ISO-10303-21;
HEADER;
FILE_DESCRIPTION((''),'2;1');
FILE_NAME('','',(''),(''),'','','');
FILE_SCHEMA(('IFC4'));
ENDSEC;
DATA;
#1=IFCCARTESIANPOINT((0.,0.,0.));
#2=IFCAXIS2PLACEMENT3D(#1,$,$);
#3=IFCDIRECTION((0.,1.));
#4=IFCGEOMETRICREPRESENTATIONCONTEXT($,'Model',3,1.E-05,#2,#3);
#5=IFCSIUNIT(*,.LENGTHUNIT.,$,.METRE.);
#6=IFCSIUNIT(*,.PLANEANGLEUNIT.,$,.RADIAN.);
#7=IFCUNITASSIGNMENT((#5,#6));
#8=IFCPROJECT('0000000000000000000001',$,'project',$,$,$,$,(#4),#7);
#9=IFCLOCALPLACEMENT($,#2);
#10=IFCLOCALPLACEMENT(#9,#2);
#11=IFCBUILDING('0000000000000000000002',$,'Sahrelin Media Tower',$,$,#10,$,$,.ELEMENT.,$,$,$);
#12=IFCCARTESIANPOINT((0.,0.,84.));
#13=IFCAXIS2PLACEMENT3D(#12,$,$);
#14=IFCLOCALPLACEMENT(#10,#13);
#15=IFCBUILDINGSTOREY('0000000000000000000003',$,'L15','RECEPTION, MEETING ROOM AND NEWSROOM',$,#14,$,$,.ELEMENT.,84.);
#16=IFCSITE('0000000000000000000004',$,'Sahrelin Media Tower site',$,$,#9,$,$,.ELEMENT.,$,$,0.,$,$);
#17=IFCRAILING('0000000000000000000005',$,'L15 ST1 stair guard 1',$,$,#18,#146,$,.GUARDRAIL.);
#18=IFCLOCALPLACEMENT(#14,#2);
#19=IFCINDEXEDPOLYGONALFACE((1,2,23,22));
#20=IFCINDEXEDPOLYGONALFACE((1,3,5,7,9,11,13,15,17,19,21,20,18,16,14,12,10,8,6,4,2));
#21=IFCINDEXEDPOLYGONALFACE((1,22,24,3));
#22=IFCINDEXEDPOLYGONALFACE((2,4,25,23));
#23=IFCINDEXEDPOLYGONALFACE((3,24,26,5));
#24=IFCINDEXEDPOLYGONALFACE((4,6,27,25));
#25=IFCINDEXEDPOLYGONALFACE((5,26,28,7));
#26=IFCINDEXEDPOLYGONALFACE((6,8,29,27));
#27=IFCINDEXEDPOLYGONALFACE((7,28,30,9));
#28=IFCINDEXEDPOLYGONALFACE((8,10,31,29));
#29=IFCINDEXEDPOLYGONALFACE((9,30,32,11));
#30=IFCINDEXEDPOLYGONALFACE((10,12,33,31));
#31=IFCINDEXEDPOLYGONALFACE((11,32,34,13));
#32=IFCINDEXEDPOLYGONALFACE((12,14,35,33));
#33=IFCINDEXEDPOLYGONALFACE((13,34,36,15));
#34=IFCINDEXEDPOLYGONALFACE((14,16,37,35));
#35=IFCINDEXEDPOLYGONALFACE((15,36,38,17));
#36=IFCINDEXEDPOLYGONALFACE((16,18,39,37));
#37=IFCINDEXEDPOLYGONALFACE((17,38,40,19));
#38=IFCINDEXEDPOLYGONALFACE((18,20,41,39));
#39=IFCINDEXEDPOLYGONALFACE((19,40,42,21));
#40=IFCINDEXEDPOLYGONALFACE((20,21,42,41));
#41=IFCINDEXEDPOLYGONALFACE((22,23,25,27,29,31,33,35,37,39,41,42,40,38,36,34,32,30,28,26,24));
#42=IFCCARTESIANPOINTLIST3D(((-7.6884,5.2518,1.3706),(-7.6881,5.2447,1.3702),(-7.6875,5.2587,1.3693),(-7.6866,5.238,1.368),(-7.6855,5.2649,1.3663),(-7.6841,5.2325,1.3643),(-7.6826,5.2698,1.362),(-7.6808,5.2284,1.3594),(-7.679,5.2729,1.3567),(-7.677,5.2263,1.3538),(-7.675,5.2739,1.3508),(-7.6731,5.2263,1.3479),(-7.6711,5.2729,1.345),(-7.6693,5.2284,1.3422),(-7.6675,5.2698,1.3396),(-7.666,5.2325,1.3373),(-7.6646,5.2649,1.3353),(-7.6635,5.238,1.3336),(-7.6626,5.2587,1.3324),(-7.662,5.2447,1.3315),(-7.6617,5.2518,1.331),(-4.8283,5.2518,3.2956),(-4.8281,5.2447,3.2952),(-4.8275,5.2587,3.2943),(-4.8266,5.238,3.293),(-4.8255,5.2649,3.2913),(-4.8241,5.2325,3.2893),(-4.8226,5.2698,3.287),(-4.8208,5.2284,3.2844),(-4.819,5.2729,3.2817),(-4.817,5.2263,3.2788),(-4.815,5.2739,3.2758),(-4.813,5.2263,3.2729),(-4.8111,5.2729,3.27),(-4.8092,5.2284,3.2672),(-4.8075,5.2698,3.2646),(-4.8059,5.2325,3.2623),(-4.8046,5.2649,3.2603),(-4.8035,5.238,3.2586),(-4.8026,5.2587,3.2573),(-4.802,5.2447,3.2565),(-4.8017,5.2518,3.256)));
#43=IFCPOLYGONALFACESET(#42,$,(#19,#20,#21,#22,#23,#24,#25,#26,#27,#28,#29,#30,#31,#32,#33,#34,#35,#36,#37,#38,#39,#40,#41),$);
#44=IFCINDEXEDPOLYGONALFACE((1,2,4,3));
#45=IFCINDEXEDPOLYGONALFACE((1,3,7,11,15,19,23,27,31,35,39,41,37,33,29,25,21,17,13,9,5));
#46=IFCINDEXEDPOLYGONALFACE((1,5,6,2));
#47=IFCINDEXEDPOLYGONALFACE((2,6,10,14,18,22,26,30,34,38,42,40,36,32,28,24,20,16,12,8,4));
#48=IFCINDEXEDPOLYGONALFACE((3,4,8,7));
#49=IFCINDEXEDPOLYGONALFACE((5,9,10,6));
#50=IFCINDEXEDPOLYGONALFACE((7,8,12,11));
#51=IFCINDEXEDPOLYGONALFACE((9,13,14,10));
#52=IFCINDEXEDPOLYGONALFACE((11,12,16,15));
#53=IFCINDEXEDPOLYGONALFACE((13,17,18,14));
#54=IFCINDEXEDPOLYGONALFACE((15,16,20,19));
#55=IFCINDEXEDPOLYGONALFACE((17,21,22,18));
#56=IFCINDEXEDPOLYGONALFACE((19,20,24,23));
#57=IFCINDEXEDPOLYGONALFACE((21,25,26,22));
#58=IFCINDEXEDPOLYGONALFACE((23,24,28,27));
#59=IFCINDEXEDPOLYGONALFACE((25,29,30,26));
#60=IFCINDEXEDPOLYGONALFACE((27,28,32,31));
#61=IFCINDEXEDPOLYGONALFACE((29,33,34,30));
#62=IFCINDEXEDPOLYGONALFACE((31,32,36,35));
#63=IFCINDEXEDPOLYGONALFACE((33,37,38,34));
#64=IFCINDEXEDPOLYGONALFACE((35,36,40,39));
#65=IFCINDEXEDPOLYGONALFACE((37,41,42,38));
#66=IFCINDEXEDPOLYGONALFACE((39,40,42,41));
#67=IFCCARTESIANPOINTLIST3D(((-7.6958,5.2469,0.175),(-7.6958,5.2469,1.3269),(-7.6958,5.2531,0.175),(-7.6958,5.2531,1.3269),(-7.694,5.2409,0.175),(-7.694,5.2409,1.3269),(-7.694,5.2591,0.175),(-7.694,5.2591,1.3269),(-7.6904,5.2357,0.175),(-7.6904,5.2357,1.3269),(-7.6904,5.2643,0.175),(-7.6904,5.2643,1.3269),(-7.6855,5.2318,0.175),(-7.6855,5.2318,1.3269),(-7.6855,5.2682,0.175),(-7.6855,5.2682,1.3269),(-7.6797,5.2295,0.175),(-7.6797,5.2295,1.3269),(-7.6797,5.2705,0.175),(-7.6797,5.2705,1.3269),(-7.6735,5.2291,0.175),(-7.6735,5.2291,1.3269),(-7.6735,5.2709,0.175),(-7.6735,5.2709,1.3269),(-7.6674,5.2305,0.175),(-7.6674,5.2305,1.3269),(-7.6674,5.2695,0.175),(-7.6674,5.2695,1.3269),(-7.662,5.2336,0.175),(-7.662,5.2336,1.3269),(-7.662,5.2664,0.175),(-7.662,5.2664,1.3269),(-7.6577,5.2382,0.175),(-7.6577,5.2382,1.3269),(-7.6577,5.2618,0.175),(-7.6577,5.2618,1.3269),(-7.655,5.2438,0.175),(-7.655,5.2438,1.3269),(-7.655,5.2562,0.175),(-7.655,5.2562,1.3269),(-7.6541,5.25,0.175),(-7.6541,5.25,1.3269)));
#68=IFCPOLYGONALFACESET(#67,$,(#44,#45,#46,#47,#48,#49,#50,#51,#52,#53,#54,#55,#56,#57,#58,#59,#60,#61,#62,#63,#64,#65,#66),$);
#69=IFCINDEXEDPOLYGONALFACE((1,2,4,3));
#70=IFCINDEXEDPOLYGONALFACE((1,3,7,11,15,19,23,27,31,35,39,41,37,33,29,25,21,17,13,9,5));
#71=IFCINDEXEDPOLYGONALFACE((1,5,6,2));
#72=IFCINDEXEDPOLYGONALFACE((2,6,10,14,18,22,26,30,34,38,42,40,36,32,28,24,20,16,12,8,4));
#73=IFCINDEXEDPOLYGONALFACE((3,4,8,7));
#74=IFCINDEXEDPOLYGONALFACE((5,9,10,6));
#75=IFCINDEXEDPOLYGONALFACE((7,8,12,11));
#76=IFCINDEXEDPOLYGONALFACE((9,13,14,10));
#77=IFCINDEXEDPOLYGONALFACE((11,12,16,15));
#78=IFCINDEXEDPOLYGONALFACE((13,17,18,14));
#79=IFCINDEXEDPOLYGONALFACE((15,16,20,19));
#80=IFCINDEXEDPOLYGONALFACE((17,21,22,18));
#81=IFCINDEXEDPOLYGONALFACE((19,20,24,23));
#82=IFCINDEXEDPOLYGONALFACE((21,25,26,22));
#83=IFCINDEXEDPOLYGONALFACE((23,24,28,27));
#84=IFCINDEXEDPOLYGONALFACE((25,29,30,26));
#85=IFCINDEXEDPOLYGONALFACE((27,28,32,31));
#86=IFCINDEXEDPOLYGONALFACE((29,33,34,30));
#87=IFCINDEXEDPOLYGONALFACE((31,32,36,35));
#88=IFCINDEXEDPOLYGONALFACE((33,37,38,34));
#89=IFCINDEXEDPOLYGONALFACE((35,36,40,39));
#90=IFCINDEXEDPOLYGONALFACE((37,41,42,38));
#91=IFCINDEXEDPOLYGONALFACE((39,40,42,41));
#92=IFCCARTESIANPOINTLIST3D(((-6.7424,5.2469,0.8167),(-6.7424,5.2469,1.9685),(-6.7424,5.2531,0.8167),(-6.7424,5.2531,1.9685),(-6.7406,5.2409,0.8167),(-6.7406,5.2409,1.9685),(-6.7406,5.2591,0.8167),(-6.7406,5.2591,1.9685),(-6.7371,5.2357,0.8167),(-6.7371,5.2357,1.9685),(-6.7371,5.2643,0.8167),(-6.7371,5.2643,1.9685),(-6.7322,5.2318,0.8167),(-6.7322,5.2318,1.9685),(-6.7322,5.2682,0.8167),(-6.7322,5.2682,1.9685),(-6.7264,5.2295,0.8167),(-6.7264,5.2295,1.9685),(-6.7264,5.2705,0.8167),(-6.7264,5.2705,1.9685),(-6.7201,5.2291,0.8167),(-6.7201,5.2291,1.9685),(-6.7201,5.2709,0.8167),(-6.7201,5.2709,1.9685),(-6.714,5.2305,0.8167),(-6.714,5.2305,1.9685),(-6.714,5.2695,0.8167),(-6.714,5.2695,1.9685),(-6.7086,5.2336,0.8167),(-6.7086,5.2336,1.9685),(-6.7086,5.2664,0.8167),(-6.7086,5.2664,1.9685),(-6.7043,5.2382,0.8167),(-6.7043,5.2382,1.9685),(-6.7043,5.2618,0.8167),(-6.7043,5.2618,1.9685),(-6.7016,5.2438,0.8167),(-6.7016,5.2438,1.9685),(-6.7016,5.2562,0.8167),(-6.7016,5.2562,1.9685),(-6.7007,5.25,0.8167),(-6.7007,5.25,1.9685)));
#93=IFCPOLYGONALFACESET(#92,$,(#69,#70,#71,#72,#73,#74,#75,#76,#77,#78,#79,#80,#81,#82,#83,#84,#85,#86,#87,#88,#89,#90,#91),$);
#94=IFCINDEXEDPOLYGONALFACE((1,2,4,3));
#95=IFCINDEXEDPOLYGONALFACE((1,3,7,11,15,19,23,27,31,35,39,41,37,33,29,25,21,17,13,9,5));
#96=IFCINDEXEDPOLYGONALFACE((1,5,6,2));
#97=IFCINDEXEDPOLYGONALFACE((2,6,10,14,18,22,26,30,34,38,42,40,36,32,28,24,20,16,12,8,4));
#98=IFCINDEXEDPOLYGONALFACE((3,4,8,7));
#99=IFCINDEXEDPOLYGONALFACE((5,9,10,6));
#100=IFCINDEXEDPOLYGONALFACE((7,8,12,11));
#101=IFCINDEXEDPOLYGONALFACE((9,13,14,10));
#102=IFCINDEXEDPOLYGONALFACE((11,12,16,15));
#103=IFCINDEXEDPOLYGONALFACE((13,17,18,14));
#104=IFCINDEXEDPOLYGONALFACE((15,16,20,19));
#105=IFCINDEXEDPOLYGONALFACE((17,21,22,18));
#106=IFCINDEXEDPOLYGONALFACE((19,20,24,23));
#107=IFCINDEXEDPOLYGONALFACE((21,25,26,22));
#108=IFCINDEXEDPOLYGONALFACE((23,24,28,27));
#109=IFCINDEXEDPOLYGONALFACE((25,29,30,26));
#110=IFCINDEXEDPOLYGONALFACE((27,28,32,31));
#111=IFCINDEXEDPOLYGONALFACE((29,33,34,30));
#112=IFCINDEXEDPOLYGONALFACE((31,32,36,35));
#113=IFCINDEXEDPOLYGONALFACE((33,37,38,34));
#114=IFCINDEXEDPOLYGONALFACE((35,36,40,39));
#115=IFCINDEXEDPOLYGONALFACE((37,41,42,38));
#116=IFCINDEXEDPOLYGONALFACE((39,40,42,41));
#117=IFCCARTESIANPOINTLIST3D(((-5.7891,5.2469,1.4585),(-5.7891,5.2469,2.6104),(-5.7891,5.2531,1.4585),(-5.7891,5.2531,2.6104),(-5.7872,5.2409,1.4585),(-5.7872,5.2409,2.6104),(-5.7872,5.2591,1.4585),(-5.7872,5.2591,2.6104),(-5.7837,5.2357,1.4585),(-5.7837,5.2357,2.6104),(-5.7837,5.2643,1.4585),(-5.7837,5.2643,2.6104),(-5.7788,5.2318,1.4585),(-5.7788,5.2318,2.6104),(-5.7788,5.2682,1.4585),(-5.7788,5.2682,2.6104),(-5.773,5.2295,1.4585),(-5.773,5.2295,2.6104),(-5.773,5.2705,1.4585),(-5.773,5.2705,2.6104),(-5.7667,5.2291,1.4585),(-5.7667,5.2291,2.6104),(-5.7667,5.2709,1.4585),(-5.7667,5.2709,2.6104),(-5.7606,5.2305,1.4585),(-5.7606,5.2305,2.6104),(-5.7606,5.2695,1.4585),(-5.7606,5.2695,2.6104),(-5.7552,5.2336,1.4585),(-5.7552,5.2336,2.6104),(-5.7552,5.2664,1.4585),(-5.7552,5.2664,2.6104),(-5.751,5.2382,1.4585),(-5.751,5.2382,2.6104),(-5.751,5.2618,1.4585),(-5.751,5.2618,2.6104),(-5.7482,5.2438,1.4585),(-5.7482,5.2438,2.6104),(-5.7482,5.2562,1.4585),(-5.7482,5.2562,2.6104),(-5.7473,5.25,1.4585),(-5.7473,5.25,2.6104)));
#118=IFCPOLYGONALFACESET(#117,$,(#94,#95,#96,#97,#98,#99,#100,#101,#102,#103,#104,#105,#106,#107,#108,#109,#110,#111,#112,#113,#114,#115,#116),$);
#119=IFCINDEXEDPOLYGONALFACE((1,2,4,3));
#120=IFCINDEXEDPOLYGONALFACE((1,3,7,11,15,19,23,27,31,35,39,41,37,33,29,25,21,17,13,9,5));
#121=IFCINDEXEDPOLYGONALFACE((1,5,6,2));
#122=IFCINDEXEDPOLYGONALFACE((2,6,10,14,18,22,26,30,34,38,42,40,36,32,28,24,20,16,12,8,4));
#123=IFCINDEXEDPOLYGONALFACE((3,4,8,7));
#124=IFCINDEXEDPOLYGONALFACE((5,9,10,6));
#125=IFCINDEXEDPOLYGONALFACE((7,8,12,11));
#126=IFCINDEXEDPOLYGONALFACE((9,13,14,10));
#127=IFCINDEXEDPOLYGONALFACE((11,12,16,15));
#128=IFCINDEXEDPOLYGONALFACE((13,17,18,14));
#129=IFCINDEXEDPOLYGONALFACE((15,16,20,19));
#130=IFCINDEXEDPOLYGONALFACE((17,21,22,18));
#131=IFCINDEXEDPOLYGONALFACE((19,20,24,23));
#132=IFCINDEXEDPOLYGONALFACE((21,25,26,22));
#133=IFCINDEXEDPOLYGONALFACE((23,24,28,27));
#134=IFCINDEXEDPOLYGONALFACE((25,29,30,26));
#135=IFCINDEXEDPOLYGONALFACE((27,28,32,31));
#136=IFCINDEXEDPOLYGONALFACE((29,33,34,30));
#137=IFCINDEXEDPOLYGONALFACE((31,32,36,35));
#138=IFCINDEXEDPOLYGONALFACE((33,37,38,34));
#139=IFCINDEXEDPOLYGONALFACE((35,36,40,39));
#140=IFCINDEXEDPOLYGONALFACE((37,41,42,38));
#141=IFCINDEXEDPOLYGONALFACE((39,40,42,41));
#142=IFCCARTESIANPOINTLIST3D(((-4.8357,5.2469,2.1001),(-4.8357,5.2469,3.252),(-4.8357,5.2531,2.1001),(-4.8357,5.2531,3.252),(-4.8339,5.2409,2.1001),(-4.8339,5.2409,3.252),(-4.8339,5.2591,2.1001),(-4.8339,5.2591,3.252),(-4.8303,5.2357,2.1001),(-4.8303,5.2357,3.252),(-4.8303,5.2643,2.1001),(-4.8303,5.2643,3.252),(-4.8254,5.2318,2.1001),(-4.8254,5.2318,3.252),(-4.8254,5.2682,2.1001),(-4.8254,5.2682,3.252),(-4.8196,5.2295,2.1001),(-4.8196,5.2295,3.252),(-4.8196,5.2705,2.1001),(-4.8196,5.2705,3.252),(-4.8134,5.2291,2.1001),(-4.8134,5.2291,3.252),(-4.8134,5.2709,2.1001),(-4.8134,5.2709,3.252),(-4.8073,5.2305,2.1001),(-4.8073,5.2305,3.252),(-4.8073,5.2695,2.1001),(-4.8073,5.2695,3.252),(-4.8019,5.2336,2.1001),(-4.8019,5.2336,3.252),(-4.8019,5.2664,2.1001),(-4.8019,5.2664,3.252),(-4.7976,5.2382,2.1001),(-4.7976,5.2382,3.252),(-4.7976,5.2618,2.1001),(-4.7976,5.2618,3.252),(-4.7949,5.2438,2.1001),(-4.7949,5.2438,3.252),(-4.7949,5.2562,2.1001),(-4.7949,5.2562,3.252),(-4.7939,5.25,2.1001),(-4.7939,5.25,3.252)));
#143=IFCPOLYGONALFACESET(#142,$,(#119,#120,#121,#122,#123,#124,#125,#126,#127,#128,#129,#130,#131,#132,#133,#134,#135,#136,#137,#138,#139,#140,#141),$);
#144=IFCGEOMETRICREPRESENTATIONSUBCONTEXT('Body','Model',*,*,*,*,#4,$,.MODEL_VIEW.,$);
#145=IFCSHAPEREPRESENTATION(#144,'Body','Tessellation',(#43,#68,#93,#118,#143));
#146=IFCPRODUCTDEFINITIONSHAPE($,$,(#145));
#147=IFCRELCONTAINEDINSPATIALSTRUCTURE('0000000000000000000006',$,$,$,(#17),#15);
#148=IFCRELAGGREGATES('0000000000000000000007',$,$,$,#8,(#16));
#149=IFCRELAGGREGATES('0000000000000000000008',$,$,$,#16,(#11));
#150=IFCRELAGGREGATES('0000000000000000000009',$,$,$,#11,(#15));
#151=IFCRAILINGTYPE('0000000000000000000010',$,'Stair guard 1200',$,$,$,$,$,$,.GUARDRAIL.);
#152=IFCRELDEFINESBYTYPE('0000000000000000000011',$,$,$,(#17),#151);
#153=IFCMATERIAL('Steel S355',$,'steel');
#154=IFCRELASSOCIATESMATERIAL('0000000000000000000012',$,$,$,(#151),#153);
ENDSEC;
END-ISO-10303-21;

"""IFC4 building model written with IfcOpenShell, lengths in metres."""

from ifc_helpers import new_model, si_unit, direction, frame, origin, origin_2d, place, context, subcontext, project, spatial, circle, extrude, material, type_object, element, save


model = new_model("IFC4")

# Units and contexts
model_context = context("Model", 3, precision=1e-05, world=origin(), true_north=direction((0.0, 1.0)))
body_context = subcontext(model_context, "Body", "Model", "MODEL_VIEW")
ifc_project = project(units=[si_unit("LENGTHUNIT", "METRE"), si_unit("PLANEANGLEUNIT", "RADIAN")], contexts=[model_context])

# Site, building, storey
site_placement = place(None, origin())
site = spatial("IfcSite", under=ifc_project, at=site_placement, Name="Sahrelin Media Tower site", CompositionType="ELEMENT", RefElevation=0.0)
building_placement = place(site_placement, origin())
building = spatial("IfcBuilding", under=site, at=building_placement, Name="Sahrelin Media Tower", CompositionType="ELEMENT")
storey_placement = place(building_placement, frame((0.0, 0.0, 84.0)))
storey = spatial("IfcBuildingStorey", under=building, at=storey_placement, Name="L15", Description="RECEPTION, MEETING ROOM AND NEWSROOM", CompositionType="ELEMENT", Elevation=84.0)

# Shared definitions
ifc_material_1 = material(Name="Steel S355", Category="steel")

# Railing
railing_type_1 = type_object("IfcRailingType", Name="Stair guard 1200", PredefinedType="GUARDRAIL", material=ifc_material_1)
railing_1_placement = place(storey_placement, frame((-7.675, 5.25, 0.175)))
element("IfcRailing", 1, at=railing_1_placement, inside=storey, type_object=railing_type_1, Name="L15 ST1 stair guard 1", PredefinedType="GUARDRAIL", context=body_context, shape_type="SweptSolid", body=[
    extrude(circle(Radius=0.0239, at=origin_2d()), frame((0.0, 0.0, 1.1758), z_axis=(0.829591, 0.0, 0.558372), x_axis=(0.0, 1.0, 0.0)), (0.0, 0.0, 1.0), 3.4475),
    extrude(circle(Radius=0.021, at=origin_2d()), origin(), (0.0, 0.0, 1.0), 1.1519),
    extrude(circle(Radius=0.021, at=origin_2d()), frame((0.9534, 0.0, 0.6416)), (0.0, 0.0, 1.0), 1.1519),
    extrude(circle(Radius=0.021, at=origin_2d()), frame((1.9067, 0.0, 1.2834)), (0.0, 0.0, 1.0), 1.1519),
    extrude(circle(Radius=0.021, at=origin_2d()), frame((2.8601, 0.0, 1.925)), (0.0, 0.0, 1.0), 1.1519),
])

save(model, "model.ifc")
